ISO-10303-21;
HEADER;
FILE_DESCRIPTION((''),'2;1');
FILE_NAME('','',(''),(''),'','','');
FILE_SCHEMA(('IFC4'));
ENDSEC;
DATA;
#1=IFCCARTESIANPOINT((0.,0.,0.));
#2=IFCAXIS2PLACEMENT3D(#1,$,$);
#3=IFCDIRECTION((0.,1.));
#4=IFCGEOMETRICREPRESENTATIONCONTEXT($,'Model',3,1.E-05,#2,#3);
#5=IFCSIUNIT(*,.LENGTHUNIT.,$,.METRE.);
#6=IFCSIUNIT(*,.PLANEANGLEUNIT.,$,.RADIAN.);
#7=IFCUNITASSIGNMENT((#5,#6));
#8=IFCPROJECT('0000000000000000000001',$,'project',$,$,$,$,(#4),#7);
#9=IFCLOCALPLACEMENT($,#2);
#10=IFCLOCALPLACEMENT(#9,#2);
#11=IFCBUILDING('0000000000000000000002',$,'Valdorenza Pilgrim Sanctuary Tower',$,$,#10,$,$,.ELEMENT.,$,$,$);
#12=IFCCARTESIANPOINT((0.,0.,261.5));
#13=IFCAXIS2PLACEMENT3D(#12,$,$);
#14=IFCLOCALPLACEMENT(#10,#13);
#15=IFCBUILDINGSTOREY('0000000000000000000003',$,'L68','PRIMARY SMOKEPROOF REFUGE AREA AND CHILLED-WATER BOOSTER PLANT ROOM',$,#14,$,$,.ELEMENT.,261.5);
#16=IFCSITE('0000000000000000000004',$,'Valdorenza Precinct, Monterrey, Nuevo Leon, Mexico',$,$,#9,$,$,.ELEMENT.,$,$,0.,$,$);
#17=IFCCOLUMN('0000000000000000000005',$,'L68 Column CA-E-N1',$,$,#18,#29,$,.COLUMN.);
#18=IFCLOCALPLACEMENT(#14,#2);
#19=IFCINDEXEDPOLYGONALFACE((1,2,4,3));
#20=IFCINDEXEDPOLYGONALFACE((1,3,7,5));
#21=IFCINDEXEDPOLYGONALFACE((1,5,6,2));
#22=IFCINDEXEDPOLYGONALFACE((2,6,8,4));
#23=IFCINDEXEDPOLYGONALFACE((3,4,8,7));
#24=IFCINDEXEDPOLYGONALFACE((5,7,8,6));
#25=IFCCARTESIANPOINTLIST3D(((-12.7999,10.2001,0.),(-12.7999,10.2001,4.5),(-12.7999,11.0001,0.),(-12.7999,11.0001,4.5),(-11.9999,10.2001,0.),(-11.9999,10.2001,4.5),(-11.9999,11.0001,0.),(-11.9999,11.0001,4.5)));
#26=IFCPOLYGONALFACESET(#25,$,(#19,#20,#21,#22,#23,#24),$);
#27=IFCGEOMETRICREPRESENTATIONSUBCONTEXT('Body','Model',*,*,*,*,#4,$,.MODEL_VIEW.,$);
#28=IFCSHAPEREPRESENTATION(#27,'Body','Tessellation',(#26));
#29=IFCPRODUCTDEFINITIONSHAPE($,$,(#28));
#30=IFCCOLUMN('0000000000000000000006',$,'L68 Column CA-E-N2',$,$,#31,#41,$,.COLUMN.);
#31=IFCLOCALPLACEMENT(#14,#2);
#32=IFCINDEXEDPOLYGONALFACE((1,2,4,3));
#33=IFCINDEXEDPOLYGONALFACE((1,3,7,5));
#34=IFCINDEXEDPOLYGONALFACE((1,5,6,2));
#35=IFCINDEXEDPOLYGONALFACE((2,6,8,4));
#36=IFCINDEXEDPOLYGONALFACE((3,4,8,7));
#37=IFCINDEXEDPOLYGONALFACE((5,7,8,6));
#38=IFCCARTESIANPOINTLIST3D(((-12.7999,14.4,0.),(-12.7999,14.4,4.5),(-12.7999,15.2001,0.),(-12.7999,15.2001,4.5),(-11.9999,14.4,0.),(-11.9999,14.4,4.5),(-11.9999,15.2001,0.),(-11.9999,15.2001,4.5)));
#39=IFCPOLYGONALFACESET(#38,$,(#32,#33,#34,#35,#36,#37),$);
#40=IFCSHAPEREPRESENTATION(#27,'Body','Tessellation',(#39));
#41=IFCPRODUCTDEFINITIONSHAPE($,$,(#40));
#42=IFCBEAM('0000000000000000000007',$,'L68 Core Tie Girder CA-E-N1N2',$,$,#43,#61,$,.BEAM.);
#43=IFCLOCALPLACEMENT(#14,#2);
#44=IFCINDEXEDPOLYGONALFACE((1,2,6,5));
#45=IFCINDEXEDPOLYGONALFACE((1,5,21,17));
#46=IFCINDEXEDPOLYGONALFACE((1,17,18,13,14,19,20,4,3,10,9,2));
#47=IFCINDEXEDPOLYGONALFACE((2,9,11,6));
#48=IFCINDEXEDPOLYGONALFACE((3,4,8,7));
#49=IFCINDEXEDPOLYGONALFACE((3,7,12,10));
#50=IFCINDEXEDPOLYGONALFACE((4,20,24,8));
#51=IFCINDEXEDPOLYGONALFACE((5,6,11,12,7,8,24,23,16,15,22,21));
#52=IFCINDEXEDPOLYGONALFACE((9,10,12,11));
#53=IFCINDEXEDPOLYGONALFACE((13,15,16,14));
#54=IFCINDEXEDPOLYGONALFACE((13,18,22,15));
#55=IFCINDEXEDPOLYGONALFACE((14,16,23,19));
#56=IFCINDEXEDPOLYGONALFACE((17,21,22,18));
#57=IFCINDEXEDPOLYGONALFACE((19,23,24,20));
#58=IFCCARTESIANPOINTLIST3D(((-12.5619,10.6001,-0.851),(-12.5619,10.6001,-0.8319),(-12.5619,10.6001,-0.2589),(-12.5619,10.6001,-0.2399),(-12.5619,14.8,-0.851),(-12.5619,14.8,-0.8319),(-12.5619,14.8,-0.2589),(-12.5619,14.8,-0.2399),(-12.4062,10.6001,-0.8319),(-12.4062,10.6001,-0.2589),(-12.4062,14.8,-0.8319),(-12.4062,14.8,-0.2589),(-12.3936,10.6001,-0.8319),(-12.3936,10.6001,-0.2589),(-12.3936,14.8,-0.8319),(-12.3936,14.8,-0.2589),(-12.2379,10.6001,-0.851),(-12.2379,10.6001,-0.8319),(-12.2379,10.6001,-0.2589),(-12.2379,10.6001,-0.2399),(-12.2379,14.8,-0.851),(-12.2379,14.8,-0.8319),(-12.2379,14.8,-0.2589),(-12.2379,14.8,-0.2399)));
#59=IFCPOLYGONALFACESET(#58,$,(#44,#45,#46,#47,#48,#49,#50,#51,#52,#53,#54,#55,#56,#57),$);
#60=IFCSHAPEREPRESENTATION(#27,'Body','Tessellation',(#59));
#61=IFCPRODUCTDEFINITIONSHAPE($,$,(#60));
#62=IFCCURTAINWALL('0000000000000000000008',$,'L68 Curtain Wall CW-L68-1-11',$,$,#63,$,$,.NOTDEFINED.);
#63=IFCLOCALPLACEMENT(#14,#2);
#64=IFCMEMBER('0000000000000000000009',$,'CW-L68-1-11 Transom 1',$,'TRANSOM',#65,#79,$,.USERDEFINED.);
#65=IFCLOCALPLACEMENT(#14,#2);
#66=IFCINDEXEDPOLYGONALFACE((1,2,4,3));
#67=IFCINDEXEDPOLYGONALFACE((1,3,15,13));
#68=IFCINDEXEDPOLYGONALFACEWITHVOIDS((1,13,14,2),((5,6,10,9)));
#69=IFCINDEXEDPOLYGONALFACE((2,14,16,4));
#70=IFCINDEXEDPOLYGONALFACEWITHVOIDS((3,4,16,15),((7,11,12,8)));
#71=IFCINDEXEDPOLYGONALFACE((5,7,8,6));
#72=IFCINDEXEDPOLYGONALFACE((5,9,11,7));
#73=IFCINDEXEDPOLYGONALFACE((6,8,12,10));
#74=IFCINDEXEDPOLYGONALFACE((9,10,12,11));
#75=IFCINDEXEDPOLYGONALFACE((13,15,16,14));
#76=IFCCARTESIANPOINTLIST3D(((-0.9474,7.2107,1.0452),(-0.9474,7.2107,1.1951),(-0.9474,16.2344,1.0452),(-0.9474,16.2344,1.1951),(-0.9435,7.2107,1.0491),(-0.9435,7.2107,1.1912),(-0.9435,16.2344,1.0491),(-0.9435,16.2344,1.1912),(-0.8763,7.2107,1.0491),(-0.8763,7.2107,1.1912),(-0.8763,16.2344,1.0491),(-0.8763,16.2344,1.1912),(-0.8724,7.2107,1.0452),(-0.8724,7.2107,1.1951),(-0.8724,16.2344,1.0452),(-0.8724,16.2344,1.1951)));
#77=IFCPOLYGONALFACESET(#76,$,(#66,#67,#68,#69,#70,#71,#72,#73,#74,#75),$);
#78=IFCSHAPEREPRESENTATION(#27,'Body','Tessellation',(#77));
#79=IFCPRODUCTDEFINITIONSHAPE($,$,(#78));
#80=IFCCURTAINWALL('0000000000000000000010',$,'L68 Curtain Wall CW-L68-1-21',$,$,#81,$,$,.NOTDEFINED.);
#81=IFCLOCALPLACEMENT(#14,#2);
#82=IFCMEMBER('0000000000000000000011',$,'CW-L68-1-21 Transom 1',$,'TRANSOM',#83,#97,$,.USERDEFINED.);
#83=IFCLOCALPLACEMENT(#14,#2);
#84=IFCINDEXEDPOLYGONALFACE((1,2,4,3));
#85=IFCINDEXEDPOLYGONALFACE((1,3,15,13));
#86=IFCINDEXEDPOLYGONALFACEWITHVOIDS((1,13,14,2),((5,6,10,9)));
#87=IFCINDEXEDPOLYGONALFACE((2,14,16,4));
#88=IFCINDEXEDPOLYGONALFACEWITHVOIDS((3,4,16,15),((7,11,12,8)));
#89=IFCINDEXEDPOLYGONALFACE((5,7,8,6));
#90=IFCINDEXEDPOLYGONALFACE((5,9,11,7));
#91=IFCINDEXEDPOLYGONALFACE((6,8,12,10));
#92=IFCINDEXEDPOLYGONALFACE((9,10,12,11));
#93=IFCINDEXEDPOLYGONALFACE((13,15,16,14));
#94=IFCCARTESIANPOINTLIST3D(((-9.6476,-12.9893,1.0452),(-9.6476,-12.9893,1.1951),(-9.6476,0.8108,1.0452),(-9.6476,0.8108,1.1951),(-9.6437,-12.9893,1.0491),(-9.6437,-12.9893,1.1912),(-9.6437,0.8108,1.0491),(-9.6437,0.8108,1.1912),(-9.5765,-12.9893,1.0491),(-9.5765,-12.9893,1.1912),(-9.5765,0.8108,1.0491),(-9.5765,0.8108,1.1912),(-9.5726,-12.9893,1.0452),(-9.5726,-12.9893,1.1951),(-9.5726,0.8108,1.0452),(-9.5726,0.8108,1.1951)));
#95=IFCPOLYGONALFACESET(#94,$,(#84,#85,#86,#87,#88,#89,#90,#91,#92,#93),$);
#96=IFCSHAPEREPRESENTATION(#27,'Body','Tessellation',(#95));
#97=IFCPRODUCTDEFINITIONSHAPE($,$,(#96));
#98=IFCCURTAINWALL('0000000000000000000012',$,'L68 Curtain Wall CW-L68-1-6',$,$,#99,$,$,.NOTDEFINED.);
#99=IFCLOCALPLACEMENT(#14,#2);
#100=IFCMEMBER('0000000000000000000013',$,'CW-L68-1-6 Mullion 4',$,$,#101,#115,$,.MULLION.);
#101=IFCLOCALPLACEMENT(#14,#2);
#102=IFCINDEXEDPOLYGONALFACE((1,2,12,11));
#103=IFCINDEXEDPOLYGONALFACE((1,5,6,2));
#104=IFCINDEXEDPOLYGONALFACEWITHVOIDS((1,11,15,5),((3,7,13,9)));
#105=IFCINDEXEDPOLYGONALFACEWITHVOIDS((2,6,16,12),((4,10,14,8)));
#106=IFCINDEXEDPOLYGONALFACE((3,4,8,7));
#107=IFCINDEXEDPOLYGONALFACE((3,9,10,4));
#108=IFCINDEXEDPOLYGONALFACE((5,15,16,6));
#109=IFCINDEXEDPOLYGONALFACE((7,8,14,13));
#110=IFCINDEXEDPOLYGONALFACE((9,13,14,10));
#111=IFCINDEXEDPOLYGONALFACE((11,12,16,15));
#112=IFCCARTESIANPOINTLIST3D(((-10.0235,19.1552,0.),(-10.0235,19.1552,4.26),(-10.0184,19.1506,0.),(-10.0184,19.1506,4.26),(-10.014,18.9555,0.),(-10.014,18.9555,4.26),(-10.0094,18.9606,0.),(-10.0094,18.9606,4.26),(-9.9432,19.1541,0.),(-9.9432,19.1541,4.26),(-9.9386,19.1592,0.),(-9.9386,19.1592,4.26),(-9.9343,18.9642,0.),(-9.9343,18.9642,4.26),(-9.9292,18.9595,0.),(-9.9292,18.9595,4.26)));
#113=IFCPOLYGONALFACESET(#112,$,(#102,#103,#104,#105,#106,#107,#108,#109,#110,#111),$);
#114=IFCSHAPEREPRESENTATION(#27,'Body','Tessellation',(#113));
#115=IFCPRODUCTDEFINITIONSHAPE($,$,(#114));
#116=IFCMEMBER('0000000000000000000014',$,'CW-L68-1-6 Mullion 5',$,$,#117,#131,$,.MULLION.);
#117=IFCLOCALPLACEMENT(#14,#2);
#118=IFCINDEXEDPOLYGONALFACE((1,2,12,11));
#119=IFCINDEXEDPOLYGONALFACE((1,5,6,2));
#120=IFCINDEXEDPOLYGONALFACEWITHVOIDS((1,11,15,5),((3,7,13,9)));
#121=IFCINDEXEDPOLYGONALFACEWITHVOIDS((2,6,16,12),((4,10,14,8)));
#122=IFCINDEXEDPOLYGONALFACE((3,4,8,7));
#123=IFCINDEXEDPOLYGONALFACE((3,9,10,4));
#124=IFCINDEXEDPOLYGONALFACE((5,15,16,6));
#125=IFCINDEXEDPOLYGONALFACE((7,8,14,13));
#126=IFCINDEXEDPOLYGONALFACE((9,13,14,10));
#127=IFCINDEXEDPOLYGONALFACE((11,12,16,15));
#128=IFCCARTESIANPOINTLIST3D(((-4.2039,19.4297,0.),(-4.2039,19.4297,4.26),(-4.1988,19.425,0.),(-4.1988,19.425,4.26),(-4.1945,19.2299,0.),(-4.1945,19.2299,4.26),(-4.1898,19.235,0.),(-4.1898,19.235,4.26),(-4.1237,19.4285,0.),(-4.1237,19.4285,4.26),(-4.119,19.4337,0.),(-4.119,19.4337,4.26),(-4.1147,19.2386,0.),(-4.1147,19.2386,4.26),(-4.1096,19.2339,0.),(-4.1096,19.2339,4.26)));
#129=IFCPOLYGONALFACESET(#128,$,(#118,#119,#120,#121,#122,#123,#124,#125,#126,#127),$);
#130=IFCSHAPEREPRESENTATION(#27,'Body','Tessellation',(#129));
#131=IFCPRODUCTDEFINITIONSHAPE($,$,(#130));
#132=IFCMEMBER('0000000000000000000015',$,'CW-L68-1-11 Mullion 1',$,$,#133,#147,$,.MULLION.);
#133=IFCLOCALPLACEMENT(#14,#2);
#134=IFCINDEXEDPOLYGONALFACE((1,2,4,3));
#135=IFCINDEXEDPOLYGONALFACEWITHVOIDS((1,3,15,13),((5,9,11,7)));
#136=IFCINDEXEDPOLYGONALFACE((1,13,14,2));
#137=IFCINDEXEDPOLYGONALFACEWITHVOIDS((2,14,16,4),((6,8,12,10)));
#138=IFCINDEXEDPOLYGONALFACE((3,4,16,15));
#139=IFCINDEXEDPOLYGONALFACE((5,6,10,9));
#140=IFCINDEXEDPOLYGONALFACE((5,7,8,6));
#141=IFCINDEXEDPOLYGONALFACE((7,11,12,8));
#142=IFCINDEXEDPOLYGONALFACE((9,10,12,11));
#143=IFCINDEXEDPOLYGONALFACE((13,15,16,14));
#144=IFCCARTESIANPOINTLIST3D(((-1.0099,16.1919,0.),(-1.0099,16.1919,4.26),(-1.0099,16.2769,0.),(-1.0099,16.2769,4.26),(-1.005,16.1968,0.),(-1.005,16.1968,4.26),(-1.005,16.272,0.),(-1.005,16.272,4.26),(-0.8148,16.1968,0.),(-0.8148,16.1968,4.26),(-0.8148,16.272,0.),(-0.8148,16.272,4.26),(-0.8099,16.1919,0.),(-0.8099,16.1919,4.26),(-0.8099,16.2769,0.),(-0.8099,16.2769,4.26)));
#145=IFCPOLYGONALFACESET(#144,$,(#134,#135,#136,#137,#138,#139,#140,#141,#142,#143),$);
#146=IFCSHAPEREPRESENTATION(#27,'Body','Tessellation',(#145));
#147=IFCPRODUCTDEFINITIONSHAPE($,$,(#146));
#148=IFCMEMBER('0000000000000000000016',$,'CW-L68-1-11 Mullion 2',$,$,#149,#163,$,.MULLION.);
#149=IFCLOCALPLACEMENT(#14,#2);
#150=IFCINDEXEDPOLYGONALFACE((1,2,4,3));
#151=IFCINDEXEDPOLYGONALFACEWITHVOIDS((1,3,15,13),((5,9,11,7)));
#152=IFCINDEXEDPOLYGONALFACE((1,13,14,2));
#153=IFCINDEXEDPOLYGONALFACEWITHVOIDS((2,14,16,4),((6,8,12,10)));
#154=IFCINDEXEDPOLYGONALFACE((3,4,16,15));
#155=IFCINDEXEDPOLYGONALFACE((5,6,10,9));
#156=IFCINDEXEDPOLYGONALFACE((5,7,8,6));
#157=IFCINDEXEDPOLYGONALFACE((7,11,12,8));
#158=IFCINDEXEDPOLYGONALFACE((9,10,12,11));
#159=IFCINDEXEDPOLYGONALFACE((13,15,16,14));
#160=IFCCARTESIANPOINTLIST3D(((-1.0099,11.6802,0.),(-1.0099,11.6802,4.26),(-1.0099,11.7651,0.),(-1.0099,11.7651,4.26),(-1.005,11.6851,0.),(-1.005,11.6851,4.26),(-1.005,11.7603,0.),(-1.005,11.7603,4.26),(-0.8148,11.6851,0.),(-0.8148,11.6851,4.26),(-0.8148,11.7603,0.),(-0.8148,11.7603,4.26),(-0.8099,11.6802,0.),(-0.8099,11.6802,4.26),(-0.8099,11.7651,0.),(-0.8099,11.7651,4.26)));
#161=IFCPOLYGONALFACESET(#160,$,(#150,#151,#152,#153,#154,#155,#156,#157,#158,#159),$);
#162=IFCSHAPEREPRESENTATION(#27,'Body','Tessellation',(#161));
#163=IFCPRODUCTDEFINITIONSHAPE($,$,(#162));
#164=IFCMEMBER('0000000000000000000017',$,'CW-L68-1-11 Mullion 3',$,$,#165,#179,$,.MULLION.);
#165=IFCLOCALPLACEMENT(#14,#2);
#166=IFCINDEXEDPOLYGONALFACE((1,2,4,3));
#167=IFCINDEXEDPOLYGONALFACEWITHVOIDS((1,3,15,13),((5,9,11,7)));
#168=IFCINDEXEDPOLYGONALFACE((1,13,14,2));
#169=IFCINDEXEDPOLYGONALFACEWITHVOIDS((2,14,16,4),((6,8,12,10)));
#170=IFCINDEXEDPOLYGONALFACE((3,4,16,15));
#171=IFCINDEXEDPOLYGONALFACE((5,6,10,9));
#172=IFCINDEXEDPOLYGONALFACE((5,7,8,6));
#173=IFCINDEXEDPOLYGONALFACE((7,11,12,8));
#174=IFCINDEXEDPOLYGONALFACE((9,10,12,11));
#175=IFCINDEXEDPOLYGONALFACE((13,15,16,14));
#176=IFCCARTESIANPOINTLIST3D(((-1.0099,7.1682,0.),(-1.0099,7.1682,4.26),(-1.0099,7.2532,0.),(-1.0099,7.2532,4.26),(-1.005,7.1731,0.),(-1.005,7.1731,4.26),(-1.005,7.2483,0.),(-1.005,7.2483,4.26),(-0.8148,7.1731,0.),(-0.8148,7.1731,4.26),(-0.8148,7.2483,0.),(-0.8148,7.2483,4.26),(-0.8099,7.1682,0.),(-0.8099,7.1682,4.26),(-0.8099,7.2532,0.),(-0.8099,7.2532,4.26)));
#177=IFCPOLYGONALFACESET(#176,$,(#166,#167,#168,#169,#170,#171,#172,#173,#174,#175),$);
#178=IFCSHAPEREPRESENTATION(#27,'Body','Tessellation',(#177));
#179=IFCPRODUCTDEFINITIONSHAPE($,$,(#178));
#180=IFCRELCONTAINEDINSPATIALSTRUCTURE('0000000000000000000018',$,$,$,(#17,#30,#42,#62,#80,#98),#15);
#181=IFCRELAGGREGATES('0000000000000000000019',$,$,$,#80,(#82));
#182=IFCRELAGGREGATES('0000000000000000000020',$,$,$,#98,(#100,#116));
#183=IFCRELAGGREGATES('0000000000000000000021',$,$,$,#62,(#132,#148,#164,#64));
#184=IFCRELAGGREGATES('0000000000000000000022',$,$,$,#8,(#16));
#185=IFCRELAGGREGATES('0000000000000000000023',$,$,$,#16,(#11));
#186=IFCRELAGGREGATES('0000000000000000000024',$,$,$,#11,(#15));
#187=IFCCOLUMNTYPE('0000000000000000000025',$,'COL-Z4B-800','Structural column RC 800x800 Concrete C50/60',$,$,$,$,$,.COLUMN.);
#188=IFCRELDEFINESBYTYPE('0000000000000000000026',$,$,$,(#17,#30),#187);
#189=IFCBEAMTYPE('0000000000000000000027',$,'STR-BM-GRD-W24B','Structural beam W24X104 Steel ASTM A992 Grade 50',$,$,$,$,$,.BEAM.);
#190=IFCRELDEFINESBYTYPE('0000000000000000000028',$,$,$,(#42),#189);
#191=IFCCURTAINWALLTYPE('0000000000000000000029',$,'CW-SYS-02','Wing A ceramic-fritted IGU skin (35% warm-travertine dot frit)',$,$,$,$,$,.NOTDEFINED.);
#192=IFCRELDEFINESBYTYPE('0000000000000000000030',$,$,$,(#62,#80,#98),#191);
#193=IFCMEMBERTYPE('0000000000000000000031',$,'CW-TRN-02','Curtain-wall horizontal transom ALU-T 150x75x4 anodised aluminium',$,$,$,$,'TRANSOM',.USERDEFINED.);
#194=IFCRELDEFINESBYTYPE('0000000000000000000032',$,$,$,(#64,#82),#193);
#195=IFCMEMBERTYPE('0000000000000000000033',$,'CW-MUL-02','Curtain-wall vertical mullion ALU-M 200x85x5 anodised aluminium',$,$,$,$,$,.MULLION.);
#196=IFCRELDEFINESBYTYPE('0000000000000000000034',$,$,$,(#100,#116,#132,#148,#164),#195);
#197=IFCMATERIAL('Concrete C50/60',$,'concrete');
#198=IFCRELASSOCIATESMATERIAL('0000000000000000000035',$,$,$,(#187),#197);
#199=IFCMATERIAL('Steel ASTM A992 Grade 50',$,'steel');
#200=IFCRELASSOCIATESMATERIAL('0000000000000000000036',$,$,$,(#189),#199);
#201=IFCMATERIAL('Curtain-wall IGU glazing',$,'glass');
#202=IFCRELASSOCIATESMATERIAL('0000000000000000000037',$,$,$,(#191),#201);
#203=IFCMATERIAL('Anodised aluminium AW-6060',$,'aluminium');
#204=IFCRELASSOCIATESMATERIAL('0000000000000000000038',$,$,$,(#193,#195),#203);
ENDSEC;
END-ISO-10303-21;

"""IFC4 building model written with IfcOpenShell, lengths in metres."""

from ifc_helpers import new_model, si_unit, direction, frame, origin, origin_2d, place, context, subcontext, project, spatial, rectangle, hollow_rectangle, i_section, extrude, source, transform, mapped, material, material_profile, profile_set, type_object, element, aggregate, save


model = new_model("IFC4")

# Units and contexts
model_context = context("Model", 3, precision=1e-05, world=origin(), true_north=direction((0.0, 1.0)))
body_context = subcontext(model_context, "Body", "Model", "MODEL_VIEW")
ifc_project = project(units=[si_unit("LENGTHUNIT", "METRE"), si_unit("PLANEANGLEUNIT", "RADIAN")], contexts=[model_context])

# Site, building, storey
site_placement = place(None, origin())
site = spatial("IfcSite", under=ifc_project, at=site_placement, Name="Valdorenza Precinct, Monterrey, Nuevo Leon, Mexico", CompositionType="ELEMENT", RefElevation=0.0)
building_placement = place(site_placement, origin())
building = spatial("IfcBuilding", under=site, at=building_placement, Name="Valdorenza Pilgrim Sanctuary Tower", CompositionType="ELEMENT")
storey_placement = place(building_placement, frame((0.0, 0.0, 261.5)))
storey = spatial("IfcBuildingStorey", under=building, at=storey_placement, Name="L68", Description="PRIMARY SMOKEPROOF REFUGE AREA AND CHILLED-WATER BOOSTER PLANT ROOM", CompositionType="ELEMENT", Elevation=261.5)

# Columns
ifc_material_1 = material(Name="Concrete C50/60", Category="concrete")
ifc_material_profile_1 = material_profile(ifc_material_1, rectangle(XDim=0.8, YDim=0.8, at=origin_2d()), Name="RC 800x800")
ifc_profile_set_1 = profile_set([ifc_material_profile_1], Name="Concrete C50/60")
column_type = type_object("IfcColumnType", Name="COL-Z4B-800", Description="Structural column RC 800x800 Concrete C50/60", PredefinedType="COLUMN", material=ifc_profile_set_1)
shared_shape_1 = source(origin(), body_context, "Body", "SweptSolid", [
    extrude(rectangle(XDim=0.8, YDim=0.8, at=origin_2d()), origin(), (0.0, 0.0, 1.0), 4.5),
])
for number, where, z_axis, x_axis, name in (
    (1, (-12.3999, 10.6001, 0.0), (0.0, 0.0, 1.0), (1.0, 0.0, 0.0), "L68 Column CA-E-N1"),
    (2, (-12.3999, 14.8, 0.0), (0.0, 0.0, 1.0), (1.0, 0.0, 0.0), "L68 Column CA-E-N2"),
):
    element("IfcColumn", number, at=place(storey_placement, frame(where, z_axis=z_axis, x_axis=x_axis)), inside=storey, type_object=column_type, Name=name, PredefinedType="COLUMN", context=body_context, shape_type="MappedRepresentation", body=[
        mapped(shared_shape_1, transform((0.0, 0.0, 0.0), x_axis=(1.0, 0.0, 0.0), y_axis=(0.0, 1.0, 0.0), z_axis=(0.0, 0.0, 1.0), scale=1.0)),
    ])

# Beam
ifc_material_2 = material(Name="Steel ASTM A992 Grade 50", Category="steel")
ifc_material_profile_2 = material_profile(ifc_material_2, i_section(OverallWidth=0.324, OverallDepth=0.6111, WebThickness=0.0127, FlangeThickness=0.019, at=origin_2d()), Name="W24X104")
ifc_profile_set_2 = profile_set([ifc_material_profile_2], Name="Steel ASTM A992 Grade 50")
beam_type = type_object("IfcBeamType", Name="STR-BM-GRD-W24B", Description="Structural beam W24X104 Steel ASTM A992 Grade 50", PredefinedType="BEAM", material=ifc_profile_set_2)
shared_shape_2 = source(origin(), body_context, "Body", "SweptSolid", [
    extrude(i_section(OverallWidth=0.324, OverallDepth=0.6111, WebThickness=0.0127, FlangeThickness=0.019, at=origin_2d()), origin(), (0.0, 0.0, 1.0), 4.2),
])
beam_placement = place(storey_placement, frame((-12.3999, 10.6001, -0.5454), z_axis=(0.0, 1.0, 0.0), x_axis=(-1.0, 0.0, 0.0)))
element("IfcBeam", 3, at=beam_placement, inside=storey, type_object=beam_type, Name="L68 Core Tie Girder CA-E-N1N2", PredefinedType="BEAM", context=body_context, shape_type="MappedRepresentation", body=[
    mapped(shared_shape_2, transform((0.0, 0.0, 0.0), x_axis=(1.0, 0.0, 0.0), y_axis=(0.0, 1.0, 0.0), z_axis=(0.0, 0.0, 1.0), scale=1.0)),
])

# Curtain walls, members
ifc_material_3 = material(Name="Curtain-wall IGU glazing", Category="glass")
curtain_wall_type = type_object("IfcCurtainWallType", Name="CW-SYS-02", Description="Wing A ceramic-fritted IGU skin (35% warm-travertine dot frit)", PredefinedType="NOTDEFINED", material=ifc_material_3)
curtain_wall_1_placement = place(storey_placement, origin())
curtain_wall_1 = element("IfcCurtainWall", 4, at=curtain_wall_1_placement, inside=storey, type_object=curtain_wall_type, Name="L68 Curtain Wall CW-L68-1-11", PredefinedType="NOTDEFINED")
ifc_material_4 = material(Name="Anodised aluminium AW-6060", Category="aluminium")
ifc_material_profile_3 = material_profile(ifc_material_4, hollow_rectangle(XDim=0.075, YDim=0.1499, WallThickness=0.0039, at=origin_2d()), Name="ALU-T 150x75x4")
ifc_profile_set_3 = profile_set([ifc_material_profile_3], Name="Anodised aluminium AW-6060")
member_type_1 = type_object("IfcMemberType", Name="CW-TRN-02", Description="Curtain-wall horizontal transom ALU-T 150x75x4 anodised aluminium", ElementType="TRANSOM", PredefinedType="USERDEFINED", material=ifc_profile_set_3)
shared_shape_3 = source(origin(), body_context, "Body", "SweptSolid", [
    extrude(hollow_rectangle(XDim=0.075, YDim=0.1499, WallThickness=0.0039, at=origin_2d()), origin(), (0.0, 0.0, 1.0), 9.0237),
])
member_1_placement = place(storey_placement, frame((-0.9099, 16.2344, 1.1201), z_axis=(0.0, -1.0, 0.0), x_axis=(1.0, 0.0, 0.0)))
member_1 = element("IfcMember", 5, at=member_1_placement, type_object=member_type_1, Name="CW-L68-1-11 Transom 1", ObjectType="TRANSOM", PredefinedType="USERDEFINED", context=body_context, shape_type="MappedRepresentation", body=[
    mapped(shared_shape_3, transform((0.0, 0.0, 0.0), x_axis=(1.0, 0.0, 0.0), y_axis=(0.0, 1.0, 0.0), z_axis=(0.0, 0.0, 1.0), scale=1.0)),
])
curtain_wall_2_placement = place(storey_placement, origin())
curtain_wall_2 = element("IfcCurtainWall", 6, at=curtain_wall_2_placement, inside=storey, type_object=curtain_wall_type, Name="L68 Curtain Wall CW-L68-1-21", PredefinedType="NOTDEFINED")
shared_shape_4 = source(origin(), body_context, "Body", "SweptSolid", [
    extrude(hollow_rectangle(XDim=0.075, YDim=0.1499, WallThickness=0.0039, at=origin_2d()), origin(), (0.0, 0.0, 1.0), 13.8),
])
member_2_placement = place(storey_placement, frame((-9.6101, 0.8108, 1.1201), z_axis=(0.0, -1.0, 0.0), x_axis=(1.0, 0.0, 0.0)))
member_2 = element("IfcMember", 7, at=member_2_placement, type_object=member_type_1, Name="CW-L68-1-21 Transom 1", ObjectType="TRANSOM", PredefinedType="USERDEFINED", context=body_context, shape_type="MappedRepresentation", body=[
    mapped(shared_shape_4, transform((0.0, 0.0, 0.0), x_axis=(1.0, 0.0, 0.0), y_axis=(0.0, 1.0, 0.0), z_axis=(0.0, 0.0, 1.0), scale=1.0)),
])

# Curtain wall, members
curtain_wall_3_placement = place(storey_placement, origin())
curtain_wall_3 = element("IfcCurtainWall", 8, at=curtain_wall_3_placement, inside=storey, type_object=curtain_wall_type, Name="L68 Curtain Wall CW-L68-1-6", PredefinedType="NOTDEFINED")
ifc_material_profile_4 = material_profile(ifc_material_4, hollow_rectangle(XDim=0.085, YDim=0.2, WallThickness=0.0049, at=origin_2d()), Name="ALU-M 200x85x5")
ifc_profile_set_4 = profile_set([ifc_material_profile_4], Name="Anodised aluminium AW-6060")
member_type_2 = type_object("IfcMemberType", Name="CW-MUL-02", Description="Curtain-wall vertical mullion ALU-M 200x85x5 anodised aluminium", PredefinedType="MULLION", material=ifc_profile_set_4)
shared_shape_5 = source(origin(), body_context, "Body", "SweptSolid", [
    extrude(hollow_rectangle(XDim=0.085, YDim=0.2, WallThickness=0.0049, at=origin_2d()), origin(), (0.0, 0.0, 1.0), 4.26),
])
member_3_placement = place(storey_placement, frame((-9.9763, 19.0574, 0.0), z_axis=(0.0, 0.0, 1.0), x_axis=(0.998891, 0.047089, 0.0)))
member_3 = element("IfcMember", 9, at=member_3_placement, type_object=member_type_2, Name="CW-L68-1-6 Mullion 4", PredefinedType="MULLION", context=body_context, shape_type="MappedRepresentation", body=[
    mapped(shared_shape_5, transform((0.0, 0.0, 0.0), x_axis=(1.0, 0.0, 0.0), y_axis=(0.0, 1.0, 0.0), z_axis=(0.0, 0.0, 1.0), scale=1.0)),
])
member_4_placement = place(storey_placement, frame((-4.1567, 19.3318, 0.0), z_axis=(0.0, 0.0, 1.0), x_axis=(0.998891, 0.047089, 0.0)))
member_4 = element("IfcMember", 10, at=member_4_placement, type_object=member_type_2, Name="CW-L68-1-6 Mullion 5", PredefinedType="MULLION", context=body_context, shape_type="MappedRepresentation", body=[
    mapped(shared_shape_5, transform((0.0, 0.0, 0.0), x_axis=(1.0, 0.0, 0.0), y_axis=(0.0, 1.0, 0.0), z_axis=(0.0, 0.0, 1.0), scale=1.0)),
])

# Members
member_5_placement = place(storey_placement, frame((-0.9099, 16.2344, 0.0), z_axis=(0.0, 0.0, 1.0), x_axis=(0.0, -1.0, 0.0)))
member_5 = element("IfcMember", 11, at=member_5_placement, type_object=member_type_2, Name="CW-L68-1-11 Mullion 1", PredefinedType="MULLION", context=body_context, shape_type="MappedRepresentation", body=[
    mapped(shared_shape_5, transform((0.0, 0.0, 0.0), x_axis=(1.0, 0.0, 0.0), y_axis=(0.0, 1.0, 0.0), z_axis=(0.0, 0.0, 1.0), scale=1.0)),
])
member_6_placement = place(storey_placement, frame((-0.9099, 11.7227, 0.0), z_axis=(0.0, 0.0, 1.0), x_axis=(0.0, -1.0, 0.0)))
member_6 = element("IfcMember", 12, at=member_6_placement, type_object=member_type_2, Name="CW-L68-1-11 Mullion 2", PredefinedType="MULLION", context=body_context, shape_type="MappedRepresentation", body=[
    mapped(shared_shape_5, transform((0.0, 0.0, 0.0), x_axis=(1.0, 0.0, 0.0), y_axis=(0.0, 1.0, 0.0), z_axis=(0.0, 0.0, 1.0), scale=1.0)),
])
member_7_placement = place(storey_placement, frame((-0.9099, 7.2107, 0.0), z_axis=(0.0, 0.0, 1.0), x_axis=(0.0, -1.0, 0.0)))
member_7 = element("IfcMember", 13, at=member_7_placement, type_object=member_type_2, Name="CW-L68-1-11 Mullion 3", PredefinedType="MULLION", context=body_context, shape_type="MappedRepresentation", body=[
    mapped(shared_shape_5, transform((0.0, 0.0, 0.0), x_axis=(1.0, 0.0, 0.0), y_axis=(0.0, 1.0, 0.0), z_axis=(0.0, 0.0, 1.0), scale=1.0)),
])
aggregate(curtain_wall_2, [member_2])

aggregate(curtain_wall_3, [member_3, member_4])
aggregate(curtain_wall_1, [member_5, member_6, member_7, member_1])

save(model, "model.ifc")
